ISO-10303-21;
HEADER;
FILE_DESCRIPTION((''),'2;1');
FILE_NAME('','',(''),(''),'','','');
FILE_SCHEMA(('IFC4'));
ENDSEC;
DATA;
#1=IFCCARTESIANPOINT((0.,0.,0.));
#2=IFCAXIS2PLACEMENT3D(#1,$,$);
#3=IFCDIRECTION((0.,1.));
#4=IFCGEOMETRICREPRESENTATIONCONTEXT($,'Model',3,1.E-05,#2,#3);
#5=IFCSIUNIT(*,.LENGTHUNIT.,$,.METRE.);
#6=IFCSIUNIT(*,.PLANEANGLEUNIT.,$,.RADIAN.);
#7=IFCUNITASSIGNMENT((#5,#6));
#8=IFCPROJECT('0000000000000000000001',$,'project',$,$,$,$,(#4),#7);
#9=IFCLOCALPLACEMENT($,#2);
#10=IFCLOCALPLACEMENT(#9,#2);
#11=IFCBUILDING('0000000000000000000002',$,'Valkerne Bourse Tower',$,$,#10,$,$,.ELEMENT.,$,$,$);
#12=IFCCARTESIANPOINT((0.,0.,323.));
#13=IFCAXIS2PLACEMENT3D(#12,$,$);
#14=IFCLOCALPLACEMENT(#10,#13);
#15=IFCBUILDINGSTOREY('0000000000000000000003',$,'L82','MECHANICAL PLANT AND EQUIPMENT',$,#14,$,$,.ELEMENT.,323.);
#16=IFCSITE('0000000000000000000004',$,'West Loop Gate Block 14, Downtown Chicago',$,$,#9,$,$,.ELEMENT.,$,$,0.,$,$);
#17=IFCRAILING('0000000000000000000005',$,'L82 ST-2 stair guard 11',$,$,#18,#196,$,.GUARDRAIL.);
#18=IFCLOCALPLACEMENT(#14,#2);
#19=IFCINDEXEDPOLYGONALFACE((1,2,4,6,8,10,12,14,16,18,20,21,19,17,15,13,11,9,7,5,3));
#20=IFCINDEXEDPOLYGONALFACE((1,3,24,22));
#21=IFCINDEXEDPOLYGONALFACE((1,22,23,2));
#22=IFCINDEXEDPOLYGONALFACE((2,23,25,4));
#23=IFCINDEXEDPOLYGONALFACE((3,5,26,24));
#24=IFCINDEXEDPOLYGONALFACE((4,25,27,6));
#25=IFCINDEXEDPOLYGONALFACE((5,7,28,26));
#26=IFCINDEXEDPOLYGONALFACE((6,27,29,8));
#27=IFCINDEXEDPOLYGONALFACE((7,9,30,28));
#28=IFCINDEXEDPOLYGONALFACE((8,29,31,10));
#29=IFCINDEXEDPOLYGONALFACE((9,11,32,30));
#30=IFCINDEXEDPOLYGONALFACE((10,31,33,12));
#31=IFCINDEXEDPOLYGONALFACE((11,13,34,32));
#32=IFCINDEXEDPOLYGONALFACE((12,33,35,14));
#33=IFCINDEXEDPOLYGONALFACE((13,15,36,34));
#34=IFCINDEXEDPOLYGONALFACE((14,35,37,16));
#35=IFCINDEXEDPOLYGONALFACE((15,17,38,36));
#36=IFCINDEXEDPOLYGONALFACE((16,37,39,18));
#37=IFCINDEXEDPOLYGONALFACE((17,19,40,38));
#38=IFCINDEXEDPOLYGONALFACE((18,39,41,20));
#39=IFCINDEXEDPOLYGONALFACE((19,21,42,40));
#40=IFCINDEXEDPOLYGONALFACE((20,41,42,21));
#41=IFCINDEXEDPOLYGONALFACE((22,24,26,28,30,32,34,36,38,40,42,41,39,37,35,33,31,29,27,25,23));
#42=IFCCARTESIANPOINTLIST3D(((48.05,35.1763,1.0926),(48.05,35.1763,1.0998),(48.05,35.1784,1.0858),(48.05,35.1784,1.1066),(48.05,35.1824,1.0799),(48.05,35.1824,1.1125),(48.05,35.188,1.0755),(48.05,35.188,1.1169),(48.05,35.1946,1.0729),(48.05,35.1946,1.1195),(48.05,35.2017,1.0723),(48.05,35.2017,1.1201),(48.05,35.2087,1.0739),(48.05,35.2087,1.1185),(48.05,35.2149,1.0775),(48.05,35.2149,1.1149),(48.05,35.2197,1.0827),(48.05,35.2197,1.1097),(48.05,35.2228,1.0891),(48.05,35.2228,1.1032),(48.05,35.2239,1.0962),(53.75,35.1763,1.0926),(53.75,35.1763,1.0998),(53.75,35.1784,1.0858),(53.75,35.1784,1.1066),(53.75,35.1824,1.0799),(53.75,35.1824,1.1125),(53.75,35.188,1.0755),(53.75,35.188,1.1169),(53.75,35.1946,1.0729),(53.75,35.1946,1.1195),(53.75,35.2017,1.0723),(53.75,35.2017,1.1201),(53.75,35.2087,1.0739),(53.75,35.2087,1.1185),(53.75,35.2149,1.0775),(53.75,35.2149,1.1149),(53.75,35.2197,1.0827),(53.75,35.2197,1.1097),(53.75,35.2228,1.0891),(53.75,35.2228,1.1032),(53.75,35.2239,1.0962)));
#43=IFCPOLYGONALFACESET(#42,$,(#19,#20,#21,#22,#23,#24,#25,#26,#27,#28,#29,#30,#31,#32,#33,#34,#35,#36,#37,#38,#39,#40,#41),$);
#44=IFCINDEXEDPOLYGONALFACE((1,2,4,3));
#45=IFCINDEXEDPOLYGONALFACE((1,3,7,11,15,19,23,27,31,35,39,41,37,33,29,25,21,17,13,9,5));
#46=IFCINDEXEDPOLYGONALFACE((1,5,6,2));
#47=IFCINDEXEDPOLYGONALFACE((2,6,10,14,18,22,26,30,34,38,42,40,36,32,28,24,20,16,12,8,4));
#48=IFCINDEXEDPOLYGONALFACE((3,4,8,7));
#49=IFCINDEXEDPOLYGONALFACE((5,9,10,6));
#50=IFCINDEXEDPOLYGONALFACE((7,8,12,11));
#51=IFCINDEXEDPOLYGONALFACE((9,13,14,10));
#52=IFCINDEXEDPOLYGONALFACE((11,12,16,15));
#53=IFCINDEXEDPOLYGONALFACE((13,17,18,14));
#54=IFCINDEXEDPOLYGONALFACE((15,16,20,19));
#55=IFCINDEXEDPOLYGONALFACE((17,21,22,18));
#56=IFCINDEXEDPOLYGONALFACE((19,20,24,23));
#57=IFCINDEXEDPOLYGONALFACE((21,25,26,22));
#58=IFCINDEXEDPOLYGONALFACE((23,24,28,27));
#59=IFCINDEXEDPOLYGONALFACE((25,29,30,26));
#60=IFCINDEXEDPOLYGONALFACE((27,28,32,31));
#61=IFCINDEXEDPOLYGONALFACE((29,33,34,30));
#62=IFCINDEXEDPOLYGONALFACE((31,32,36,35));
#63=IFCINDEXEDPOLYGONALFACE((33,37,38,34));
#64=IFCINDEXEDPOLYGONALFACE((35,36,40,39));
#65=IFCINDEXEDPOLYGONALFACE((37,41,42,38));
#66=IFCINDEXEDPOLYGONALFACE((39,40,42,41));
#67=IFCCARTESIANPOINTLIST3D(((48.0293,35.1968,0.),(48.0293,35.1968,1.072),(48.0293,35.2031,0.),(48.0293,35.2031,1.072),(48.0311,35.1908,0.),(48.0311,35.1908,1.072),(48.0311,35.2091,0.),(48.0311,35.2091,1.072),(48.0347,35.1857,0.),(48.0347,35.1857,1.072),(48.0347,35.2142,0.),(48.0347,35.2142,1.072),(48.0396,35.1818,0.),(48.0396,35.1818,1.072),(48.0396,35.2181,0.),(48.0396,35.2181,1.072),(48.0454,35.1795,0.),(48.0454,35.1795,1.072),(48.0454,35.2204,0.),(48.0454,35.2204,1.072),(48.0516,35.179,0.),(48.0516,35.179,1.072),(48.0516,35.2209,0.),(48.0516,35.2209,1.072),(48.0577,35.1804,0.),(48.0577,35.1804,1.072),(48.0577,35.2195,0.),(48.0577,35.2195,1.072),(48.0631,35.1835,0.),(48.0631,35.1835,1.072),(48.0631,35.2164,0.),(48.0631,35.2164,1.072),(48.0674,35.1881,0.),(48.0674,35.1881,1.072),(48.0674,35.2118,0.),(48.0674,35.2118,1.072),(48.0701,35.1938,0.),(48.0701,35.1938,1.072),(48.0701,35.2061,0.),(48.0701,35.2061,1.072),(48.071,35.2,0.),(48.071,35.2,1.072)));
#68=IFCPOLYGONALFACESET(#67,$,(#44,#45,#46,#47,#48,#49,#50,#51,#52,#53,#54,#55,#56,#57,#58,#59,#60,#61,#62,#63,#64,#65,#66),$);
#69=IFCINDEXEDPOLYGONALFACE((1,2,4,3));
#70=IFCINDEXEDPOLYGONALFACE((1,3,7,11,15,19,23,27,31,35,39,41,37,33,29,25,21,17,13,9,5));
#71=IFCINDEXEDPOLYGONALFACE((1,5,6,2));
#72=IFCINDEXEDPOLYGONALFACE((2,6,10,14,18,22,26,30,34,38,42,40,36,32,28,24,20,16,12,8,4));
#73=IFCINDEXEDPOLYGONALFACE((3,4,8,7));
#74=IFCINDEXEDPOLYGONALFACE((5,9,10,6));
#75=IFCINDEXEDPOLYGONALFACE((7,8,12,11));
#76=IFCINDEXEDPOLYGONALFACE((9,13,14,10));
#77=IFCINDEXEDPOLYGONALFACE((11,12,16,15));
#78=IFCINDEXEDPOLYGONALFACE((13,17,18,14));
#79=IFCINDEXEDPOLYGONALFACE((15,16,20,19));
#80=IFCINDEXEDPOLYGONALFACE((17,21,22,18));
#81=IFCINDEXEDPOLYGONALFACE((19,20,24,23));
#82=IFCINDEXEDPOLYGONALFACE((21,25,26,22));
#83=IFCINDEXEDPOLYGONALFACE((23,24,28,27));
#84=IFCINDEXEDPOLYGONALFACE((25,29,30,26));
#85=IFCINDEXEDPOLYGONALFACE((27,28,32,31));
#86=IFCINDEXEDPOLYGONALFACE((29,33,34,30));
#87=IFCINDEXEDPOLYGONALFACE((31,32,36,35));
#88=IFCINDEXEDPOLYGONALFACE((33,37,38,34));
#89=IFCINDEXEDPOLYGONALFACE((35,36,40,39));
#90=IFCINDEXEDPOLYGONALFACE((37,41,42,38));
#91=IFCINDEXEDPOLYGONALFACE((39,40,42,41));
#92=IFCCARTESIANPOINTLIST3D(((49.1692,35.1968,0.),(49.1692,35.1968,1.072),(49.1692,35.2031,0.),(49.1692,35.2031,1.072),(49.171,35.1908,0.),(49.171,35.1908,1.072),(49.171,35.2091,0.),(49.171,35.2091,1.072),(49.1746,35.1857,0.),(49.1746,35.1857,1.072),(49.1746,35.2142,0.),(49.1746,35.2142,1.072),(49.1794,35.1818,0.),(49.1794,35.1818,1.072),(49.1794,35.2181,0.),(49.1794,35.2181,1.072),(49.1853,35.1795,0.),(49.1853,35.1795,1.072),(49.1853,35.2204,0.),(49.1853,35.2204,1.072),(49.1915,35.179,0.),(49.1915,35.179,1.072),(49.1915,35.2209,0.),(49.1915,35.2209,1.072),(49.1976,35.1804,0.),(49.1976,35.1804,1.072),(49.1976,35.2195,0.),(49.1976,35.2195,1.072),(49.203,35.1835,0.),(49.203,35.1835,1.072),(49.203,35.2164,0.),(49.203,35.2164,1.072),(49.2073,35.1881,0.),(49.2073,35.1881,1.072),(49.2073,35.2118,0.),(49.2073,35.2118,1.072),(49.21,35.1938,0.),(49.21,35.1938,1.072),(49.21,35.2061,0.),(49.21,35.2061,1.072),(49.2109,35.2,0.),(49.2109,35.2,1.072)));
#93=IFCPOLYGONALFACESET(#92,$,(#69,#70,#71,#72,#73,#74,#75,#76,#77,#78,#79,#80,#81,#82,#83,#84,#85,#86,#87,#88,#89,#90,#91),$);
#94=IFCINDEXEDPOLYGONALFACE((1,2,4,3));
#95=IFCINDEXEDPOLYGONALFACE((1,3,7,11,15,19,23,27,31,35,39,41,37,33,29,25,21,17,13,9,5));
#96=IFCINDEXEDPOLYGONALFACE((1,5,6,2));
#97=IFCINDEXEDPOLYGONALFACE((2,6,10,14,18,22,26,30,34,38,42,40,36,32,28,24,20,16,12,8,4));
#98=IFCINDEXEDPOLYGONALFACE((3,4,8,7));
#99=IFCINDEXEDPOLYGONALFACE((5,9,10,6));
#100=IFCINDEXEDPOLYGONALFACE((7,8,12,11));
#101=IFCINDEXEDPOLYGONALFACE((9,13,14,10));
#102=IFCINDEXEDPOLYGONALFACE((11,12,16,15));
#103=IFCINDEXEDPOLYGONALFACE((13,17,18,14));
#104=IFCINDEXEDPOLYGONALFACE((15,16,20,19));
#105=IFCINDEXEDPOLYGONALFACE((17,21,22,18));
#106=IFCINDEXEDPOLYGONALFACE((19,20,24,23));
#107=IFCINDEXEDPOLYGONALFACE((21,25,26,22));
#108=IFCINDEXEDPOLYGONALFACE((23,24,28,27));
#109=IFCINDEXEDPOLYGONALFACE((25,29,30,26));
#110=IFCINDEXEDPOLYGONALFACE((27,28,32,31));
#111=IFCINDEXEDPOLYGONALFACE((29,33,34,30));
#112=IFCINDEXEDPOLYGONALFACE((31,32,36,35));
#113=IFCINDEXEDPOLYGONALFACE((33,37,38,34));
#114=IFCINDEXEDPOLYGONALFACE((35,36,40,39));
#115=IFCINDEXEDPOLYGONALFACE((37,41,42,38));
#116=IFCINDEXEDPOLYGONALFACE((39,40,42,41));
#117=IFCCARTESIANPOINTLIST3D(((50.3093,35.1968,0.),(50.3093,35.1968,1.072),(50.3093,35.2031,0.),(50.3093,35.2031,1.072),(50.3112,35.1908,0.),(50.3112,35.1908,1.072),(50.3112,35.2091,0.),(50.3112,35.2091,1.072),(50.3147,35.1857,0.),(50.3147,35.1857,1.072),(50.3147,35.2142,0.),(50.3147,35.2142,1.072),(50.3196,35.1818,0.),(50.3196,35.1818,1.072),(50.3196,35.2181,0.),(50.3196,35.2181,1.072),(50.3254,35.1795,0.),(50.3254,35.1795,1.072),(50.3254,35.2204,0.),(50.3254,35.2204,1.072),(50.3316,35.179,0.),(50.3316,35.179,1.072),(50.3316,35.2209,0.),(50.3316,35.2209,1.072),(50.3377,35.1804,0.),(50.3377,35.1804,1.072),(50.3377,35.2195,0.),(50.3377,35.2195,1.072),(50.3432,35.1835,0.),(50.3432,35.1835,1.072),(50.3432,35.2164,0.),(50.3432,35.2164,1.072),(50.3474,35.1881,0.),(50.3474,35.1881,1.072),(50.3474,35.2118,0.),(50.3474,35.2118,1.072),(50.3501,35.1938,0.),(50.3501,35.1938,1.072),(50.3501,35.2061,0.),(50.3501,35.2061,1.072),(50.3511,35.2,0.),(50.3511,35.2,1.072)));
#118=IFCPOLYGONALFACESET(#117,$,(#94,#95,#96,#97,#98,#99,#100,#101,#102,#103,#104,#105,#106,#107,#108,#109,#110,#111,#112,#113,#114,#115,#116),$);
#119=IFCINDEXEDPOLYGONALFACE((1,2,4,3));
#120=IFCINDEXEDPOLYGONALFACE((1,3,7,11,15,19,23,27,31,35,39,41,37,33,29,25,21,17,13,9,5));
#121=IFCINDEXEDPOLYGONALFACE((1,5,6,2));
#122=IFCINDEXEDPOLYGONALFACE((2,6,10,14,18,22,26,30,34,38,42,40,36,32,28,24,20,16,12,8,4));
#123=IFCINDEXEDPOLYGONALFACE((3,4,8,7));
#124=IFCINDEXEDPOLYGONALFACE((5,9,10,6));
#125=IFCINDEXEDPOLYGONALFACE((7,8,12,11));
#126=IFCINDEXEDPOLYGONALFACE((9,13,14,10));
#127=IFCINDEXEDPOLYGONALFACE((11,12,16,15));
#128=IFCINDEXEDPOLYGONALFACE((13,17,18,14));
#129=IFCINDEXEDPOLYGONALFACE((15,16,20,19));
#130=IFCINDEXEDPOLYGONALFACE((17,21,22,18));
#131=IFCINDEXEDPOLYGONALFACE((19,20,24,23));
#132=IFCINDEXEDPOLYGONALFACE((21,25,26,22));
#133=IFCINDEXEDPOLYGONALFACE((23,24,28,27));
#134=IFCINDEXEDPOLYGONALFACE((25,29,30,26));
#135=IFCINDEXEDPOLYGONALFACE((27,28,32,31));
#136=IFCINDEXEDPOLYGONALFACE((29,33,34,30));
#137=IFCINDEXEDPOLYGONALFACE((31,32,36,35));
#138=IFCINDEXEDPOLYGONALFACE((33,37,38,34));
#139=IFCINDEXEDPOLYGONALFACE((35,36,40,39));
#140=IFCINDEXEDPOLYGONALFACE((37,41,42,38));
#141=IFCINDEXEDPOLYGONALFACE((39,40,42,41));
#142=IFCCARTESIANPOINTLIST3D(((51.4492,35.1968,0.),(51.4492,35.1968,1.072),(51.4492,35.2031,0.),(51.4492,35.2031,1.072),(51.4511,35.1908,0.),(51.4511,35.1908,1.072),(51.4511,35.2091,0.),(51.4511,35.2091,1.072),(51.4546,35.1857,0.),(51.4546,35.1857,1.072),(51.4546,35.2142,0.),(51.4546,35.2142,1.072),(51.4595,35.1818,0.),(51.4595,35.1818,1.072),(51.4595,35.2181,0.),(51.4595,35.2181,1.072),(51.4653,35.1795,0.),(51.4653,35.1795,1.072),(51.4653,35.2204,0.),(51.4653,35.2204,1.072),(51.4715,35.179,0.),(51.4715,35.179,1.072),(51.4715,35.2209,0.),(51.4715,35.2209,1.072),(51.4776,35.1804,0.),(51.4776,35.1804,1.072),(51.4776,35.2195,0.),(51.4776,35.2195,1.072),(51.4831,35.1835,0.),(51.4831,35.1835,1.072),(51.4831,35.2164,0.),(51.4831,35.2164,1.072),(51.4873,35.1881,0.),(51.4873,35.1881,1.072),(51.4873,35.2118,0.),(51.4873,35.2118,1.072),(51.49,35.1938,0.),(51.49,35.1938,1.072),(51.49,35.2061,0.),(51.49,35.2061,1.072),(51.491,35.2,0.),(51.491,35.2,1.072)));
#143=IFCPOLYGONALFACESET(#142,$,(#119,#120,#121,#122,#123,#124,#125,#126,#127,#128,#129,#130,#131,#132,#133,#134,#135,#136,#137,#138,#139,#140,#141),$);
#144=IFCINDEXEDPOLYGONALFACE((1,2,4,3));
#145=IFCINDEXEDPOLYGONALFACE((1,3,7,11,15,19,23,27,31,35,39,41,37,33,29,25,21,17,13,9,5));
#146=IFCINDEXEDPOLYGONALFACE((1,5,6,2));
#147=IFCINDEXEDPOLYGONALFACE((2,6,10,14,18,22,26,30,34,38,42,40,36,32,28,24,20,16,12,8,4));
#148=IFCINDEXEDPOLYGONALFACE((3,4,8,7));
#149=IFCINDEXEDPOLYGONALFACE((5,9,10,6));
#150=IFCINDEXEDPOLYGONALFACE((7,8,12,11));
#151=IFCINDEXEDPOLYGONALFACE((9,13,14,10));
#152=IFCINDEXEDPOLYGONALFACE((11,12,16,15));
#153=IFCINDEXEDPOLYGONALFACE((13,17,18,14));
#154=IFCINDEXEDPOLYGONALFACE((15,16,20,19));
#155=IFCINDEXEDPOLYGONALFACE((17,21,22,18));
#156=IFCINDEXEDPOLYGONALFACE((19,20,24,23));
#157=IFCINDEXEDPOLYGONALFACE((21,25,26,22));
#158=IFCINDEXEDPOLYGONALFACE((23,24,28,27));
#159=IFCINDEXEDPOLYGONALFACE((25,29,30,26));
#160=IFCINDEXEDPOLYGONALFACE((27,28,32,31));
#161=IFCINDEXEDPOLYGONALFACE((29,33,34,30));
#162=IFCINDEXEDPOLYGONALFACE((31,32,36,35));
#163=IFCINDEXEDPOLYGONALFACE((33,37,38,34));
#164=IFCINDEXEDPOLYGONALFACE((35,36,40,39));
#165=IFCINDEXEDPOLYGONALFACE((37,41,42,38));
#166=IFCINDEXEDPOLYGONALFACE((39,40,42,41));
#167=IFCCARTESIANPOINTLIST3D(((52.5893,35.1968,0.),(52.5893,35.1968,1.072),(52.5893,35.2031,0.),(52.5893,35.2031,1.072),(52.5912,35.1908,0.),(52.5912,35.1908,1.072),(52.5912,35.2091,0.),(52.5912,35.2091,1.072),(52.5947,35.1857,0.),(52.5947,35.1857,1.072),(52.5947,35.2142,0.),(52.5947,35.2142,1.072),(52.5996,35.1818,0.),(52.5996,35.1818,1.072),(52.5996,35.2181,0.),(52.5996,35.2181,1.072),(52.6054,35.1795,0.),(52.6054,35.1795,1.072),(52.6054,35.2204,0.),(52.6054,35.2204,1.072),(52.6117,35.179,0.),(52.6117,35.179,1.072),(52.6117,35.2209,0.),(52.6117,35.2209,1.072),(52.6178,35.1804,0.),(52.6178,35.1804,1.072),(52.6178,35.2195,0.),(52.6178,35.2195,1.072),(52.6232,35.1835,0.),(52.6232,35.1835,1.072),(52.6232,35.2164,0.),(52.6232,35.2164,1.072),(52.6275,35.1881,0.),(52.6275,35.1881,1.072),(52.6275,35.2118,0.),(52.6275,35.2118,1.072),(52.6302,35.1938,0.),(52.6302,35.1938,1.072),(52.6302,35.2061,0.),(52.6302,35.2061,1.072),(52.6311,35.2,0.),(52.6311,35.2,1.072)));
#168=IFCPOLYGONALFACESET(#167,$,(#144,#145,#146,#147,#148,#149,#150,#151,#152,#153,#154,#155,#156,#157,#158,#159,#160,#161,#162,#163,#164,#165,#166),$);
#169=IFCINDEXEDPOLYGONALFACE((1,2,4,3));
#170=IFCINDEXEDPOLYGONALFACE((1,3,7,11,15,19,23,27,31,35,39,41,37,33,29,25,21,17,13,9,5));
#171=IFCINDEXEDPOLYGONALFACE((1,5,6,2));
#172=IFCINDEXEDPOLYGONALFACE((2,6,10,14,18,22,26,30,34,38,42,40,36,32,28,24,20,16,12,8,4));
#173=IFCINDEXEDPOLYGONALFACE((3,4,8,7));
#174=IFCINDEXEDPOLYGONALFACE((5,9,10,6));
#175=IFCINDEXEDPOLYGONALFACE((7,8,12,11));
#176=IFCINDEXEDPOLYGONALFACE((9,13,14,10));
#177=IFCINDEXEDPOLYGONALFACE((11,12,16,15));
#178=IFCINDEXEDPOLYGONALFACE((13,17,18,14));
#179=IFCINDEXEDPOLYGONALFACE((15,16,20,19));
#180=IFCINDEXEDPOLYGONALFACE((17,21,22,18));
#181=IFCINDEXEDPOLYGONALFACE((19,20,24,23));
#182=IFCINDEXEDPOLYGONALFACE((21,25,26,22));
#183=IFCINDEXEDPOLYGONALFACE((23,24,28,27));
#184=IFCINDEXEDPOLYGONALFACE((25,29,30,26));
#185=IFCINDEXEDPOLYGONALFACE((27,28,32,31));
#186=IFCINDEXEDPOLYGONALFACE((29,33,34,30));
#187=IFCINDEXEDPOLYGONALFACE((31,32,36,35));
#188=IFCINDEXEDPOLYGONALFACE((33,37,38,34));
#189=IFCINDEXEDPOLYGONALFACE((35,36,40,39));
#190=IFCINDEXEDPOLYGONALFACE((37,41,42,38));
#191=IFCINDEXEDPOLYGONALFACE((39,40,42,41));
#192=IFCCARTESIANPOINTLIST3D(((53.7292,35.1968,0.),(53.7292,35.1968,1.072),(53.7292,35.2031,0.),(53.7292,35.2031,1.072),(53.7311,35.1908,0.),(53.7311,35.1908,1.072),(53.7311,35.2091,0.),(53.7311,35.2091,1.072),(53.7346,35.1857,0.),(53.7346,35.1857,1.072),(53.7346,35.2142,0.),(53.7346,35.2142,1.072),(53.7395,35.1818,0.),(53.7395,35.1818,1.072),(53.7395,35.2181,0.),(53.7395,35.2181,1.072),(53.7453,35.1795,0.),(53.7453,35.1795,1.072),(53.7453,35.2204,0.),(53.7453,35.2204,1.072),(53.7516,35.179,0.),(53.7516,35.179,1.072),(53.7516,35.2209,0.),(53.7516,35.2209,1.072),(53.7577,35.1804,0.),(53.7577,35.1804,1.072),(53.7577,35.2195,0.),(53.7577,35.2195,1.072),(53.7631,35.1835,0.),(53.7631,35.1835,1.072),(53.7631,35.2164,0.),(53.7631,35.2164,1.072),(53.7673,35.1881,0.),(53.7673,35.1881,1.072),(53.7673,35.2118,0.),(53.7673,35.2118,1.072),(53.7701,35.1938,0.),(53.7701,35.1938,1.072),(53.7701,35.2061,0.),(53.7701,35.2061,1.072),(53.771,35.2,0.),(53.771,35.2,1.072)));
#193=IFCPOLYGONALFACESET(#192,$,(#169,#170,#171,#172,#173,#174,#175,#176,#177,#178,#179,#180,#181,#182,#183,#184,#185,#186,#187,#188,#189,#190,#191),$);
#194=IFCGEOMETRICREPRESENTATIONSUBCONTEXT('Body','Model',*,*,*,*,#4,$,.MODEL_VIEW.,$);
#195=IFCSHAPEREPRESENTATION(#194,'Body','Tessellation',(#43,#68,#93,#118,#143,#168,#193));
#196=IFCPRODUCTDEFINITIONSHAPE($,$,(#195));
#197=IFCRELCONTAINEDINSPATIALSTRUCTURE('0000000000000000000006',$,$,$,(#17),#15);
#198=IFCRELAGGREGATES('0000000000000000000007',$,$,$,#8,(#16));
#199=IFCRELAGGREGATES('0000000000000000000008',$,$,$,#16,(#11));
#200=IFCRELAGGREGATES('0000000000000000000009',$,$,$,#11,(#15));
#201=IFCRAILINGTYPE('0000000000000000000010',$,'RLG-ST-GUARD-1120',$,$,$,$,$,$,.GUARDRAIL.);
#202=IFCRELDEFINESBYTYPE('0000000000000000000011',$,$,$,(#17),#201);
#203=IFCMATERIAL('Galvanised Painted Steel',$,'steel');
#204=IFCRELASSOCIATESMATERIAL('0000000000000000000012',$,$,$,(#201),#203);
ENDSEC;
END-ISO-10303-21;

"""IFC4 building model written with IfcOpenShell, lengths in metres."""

from ifc_helpers import new_model, si_unit, direction, frame, origin, origin_2d, place, context, subcontext, project, spatial, circle, extrude, material, type_object, element, save


model = new_model("IFC4")

# Units and contexts
model_context = context("Model", 3, precision=1e-05, world=origin(), true_north=direction((0.0, 1.0)))
body_context = subcontext(model_context, "Body", "Model", "MODEL_VIEW")
ifc_project = project(units=[si_unit("LENGTHUNIT", "METRE"), si_unit("PLANEANGLEUNIT", "RADIAN")], contexts=[model_context])

# Site, building, storey
site_placement = place(None, origin())
site = spatial("IfcSite", under=ifc_project, at=site_placement, Name="West Loop Gate Block 14, Downtown Chicago", CompositionType="ELEMENT", RefElevation=0.0)
building_placement = place(site_placement, origin())
building = spatial("IfcBuilding", under=site, at=building_placement, Name="Valkerne Bourse Tower", CompositionType="ELEMENT")
storey_placement = place(building_placement, frame((0.0, 0.0, 323.0)))
storey = spatial("IfcBuildingStorey", under=building, at=storey_placement, Name="L82", Description="MECHANICAL PLANT AND EQUIPMENT", CompositionType="ELEMENT", Elevation=323.0)

# Railing
ifc_material_1 = material(Name="Galvanised Painted Steel", Category="steel")
railing_type_1 = type_object("IfcRailingType", Name="RLG-ST-GUARD-1120", PredefinedType="GUARDRAIL", material=ifc_material_1)
railing_1_placement = place(storey_placement, frame((48.05, 35.2, 0.0)))
element("IfcRailing", 1, at=railing_1_placement, inside=storey, type_object=railing_type_1, Name="L82 ST-2 stair guard 11", PredefinedType="GUARDRAIL", context=body_context, shape_type="SweptSolid", body=[
    extrude(circle(Radius=0.0239, at=origin_2d()), frame((0.0, 0.0, 1.0962), z_axis=(1.0, 0.0, 0.0), x_axis=(0.0, 1.0, 0.0)), (0.0, 0.0, 1.0), 5.7),
    extrude(circle(Radius=0.021, at=origin_2d()), origin(), (0.0, 0.0, 1.0), 1.072),
    extrude(circle(Radius=0.021, at=origin_2d()), frame((1.1399, 0.0, 0.0)), (0.0, 0.0, 1.0), 1.072),
    extrude(circle(Radius=0.021, at=origin_2d()), frame((2.28, 0.0, 0.0)), (0.0, 0.0, 1.0), 1.072),
    extrude(circle(Radius=0.021, at=origin_2d()), frame((3.4199, 0.0, 0.0)), (0.0, 0.0, 1.0), 1.072),
    extrude(circle(Radius=0.021, at=origin_2d()), frame((4.5601, 0.0, 0.0)), (0.0, 0.0, 1.0), 1.072),
    extrude(circle(Radius=0.021, at=origin_2d()), frame((5.7, 0.0, 0.0)), (0.0, 0.0, 1.0), 1.072),
])

save(model, "model.ifc")
